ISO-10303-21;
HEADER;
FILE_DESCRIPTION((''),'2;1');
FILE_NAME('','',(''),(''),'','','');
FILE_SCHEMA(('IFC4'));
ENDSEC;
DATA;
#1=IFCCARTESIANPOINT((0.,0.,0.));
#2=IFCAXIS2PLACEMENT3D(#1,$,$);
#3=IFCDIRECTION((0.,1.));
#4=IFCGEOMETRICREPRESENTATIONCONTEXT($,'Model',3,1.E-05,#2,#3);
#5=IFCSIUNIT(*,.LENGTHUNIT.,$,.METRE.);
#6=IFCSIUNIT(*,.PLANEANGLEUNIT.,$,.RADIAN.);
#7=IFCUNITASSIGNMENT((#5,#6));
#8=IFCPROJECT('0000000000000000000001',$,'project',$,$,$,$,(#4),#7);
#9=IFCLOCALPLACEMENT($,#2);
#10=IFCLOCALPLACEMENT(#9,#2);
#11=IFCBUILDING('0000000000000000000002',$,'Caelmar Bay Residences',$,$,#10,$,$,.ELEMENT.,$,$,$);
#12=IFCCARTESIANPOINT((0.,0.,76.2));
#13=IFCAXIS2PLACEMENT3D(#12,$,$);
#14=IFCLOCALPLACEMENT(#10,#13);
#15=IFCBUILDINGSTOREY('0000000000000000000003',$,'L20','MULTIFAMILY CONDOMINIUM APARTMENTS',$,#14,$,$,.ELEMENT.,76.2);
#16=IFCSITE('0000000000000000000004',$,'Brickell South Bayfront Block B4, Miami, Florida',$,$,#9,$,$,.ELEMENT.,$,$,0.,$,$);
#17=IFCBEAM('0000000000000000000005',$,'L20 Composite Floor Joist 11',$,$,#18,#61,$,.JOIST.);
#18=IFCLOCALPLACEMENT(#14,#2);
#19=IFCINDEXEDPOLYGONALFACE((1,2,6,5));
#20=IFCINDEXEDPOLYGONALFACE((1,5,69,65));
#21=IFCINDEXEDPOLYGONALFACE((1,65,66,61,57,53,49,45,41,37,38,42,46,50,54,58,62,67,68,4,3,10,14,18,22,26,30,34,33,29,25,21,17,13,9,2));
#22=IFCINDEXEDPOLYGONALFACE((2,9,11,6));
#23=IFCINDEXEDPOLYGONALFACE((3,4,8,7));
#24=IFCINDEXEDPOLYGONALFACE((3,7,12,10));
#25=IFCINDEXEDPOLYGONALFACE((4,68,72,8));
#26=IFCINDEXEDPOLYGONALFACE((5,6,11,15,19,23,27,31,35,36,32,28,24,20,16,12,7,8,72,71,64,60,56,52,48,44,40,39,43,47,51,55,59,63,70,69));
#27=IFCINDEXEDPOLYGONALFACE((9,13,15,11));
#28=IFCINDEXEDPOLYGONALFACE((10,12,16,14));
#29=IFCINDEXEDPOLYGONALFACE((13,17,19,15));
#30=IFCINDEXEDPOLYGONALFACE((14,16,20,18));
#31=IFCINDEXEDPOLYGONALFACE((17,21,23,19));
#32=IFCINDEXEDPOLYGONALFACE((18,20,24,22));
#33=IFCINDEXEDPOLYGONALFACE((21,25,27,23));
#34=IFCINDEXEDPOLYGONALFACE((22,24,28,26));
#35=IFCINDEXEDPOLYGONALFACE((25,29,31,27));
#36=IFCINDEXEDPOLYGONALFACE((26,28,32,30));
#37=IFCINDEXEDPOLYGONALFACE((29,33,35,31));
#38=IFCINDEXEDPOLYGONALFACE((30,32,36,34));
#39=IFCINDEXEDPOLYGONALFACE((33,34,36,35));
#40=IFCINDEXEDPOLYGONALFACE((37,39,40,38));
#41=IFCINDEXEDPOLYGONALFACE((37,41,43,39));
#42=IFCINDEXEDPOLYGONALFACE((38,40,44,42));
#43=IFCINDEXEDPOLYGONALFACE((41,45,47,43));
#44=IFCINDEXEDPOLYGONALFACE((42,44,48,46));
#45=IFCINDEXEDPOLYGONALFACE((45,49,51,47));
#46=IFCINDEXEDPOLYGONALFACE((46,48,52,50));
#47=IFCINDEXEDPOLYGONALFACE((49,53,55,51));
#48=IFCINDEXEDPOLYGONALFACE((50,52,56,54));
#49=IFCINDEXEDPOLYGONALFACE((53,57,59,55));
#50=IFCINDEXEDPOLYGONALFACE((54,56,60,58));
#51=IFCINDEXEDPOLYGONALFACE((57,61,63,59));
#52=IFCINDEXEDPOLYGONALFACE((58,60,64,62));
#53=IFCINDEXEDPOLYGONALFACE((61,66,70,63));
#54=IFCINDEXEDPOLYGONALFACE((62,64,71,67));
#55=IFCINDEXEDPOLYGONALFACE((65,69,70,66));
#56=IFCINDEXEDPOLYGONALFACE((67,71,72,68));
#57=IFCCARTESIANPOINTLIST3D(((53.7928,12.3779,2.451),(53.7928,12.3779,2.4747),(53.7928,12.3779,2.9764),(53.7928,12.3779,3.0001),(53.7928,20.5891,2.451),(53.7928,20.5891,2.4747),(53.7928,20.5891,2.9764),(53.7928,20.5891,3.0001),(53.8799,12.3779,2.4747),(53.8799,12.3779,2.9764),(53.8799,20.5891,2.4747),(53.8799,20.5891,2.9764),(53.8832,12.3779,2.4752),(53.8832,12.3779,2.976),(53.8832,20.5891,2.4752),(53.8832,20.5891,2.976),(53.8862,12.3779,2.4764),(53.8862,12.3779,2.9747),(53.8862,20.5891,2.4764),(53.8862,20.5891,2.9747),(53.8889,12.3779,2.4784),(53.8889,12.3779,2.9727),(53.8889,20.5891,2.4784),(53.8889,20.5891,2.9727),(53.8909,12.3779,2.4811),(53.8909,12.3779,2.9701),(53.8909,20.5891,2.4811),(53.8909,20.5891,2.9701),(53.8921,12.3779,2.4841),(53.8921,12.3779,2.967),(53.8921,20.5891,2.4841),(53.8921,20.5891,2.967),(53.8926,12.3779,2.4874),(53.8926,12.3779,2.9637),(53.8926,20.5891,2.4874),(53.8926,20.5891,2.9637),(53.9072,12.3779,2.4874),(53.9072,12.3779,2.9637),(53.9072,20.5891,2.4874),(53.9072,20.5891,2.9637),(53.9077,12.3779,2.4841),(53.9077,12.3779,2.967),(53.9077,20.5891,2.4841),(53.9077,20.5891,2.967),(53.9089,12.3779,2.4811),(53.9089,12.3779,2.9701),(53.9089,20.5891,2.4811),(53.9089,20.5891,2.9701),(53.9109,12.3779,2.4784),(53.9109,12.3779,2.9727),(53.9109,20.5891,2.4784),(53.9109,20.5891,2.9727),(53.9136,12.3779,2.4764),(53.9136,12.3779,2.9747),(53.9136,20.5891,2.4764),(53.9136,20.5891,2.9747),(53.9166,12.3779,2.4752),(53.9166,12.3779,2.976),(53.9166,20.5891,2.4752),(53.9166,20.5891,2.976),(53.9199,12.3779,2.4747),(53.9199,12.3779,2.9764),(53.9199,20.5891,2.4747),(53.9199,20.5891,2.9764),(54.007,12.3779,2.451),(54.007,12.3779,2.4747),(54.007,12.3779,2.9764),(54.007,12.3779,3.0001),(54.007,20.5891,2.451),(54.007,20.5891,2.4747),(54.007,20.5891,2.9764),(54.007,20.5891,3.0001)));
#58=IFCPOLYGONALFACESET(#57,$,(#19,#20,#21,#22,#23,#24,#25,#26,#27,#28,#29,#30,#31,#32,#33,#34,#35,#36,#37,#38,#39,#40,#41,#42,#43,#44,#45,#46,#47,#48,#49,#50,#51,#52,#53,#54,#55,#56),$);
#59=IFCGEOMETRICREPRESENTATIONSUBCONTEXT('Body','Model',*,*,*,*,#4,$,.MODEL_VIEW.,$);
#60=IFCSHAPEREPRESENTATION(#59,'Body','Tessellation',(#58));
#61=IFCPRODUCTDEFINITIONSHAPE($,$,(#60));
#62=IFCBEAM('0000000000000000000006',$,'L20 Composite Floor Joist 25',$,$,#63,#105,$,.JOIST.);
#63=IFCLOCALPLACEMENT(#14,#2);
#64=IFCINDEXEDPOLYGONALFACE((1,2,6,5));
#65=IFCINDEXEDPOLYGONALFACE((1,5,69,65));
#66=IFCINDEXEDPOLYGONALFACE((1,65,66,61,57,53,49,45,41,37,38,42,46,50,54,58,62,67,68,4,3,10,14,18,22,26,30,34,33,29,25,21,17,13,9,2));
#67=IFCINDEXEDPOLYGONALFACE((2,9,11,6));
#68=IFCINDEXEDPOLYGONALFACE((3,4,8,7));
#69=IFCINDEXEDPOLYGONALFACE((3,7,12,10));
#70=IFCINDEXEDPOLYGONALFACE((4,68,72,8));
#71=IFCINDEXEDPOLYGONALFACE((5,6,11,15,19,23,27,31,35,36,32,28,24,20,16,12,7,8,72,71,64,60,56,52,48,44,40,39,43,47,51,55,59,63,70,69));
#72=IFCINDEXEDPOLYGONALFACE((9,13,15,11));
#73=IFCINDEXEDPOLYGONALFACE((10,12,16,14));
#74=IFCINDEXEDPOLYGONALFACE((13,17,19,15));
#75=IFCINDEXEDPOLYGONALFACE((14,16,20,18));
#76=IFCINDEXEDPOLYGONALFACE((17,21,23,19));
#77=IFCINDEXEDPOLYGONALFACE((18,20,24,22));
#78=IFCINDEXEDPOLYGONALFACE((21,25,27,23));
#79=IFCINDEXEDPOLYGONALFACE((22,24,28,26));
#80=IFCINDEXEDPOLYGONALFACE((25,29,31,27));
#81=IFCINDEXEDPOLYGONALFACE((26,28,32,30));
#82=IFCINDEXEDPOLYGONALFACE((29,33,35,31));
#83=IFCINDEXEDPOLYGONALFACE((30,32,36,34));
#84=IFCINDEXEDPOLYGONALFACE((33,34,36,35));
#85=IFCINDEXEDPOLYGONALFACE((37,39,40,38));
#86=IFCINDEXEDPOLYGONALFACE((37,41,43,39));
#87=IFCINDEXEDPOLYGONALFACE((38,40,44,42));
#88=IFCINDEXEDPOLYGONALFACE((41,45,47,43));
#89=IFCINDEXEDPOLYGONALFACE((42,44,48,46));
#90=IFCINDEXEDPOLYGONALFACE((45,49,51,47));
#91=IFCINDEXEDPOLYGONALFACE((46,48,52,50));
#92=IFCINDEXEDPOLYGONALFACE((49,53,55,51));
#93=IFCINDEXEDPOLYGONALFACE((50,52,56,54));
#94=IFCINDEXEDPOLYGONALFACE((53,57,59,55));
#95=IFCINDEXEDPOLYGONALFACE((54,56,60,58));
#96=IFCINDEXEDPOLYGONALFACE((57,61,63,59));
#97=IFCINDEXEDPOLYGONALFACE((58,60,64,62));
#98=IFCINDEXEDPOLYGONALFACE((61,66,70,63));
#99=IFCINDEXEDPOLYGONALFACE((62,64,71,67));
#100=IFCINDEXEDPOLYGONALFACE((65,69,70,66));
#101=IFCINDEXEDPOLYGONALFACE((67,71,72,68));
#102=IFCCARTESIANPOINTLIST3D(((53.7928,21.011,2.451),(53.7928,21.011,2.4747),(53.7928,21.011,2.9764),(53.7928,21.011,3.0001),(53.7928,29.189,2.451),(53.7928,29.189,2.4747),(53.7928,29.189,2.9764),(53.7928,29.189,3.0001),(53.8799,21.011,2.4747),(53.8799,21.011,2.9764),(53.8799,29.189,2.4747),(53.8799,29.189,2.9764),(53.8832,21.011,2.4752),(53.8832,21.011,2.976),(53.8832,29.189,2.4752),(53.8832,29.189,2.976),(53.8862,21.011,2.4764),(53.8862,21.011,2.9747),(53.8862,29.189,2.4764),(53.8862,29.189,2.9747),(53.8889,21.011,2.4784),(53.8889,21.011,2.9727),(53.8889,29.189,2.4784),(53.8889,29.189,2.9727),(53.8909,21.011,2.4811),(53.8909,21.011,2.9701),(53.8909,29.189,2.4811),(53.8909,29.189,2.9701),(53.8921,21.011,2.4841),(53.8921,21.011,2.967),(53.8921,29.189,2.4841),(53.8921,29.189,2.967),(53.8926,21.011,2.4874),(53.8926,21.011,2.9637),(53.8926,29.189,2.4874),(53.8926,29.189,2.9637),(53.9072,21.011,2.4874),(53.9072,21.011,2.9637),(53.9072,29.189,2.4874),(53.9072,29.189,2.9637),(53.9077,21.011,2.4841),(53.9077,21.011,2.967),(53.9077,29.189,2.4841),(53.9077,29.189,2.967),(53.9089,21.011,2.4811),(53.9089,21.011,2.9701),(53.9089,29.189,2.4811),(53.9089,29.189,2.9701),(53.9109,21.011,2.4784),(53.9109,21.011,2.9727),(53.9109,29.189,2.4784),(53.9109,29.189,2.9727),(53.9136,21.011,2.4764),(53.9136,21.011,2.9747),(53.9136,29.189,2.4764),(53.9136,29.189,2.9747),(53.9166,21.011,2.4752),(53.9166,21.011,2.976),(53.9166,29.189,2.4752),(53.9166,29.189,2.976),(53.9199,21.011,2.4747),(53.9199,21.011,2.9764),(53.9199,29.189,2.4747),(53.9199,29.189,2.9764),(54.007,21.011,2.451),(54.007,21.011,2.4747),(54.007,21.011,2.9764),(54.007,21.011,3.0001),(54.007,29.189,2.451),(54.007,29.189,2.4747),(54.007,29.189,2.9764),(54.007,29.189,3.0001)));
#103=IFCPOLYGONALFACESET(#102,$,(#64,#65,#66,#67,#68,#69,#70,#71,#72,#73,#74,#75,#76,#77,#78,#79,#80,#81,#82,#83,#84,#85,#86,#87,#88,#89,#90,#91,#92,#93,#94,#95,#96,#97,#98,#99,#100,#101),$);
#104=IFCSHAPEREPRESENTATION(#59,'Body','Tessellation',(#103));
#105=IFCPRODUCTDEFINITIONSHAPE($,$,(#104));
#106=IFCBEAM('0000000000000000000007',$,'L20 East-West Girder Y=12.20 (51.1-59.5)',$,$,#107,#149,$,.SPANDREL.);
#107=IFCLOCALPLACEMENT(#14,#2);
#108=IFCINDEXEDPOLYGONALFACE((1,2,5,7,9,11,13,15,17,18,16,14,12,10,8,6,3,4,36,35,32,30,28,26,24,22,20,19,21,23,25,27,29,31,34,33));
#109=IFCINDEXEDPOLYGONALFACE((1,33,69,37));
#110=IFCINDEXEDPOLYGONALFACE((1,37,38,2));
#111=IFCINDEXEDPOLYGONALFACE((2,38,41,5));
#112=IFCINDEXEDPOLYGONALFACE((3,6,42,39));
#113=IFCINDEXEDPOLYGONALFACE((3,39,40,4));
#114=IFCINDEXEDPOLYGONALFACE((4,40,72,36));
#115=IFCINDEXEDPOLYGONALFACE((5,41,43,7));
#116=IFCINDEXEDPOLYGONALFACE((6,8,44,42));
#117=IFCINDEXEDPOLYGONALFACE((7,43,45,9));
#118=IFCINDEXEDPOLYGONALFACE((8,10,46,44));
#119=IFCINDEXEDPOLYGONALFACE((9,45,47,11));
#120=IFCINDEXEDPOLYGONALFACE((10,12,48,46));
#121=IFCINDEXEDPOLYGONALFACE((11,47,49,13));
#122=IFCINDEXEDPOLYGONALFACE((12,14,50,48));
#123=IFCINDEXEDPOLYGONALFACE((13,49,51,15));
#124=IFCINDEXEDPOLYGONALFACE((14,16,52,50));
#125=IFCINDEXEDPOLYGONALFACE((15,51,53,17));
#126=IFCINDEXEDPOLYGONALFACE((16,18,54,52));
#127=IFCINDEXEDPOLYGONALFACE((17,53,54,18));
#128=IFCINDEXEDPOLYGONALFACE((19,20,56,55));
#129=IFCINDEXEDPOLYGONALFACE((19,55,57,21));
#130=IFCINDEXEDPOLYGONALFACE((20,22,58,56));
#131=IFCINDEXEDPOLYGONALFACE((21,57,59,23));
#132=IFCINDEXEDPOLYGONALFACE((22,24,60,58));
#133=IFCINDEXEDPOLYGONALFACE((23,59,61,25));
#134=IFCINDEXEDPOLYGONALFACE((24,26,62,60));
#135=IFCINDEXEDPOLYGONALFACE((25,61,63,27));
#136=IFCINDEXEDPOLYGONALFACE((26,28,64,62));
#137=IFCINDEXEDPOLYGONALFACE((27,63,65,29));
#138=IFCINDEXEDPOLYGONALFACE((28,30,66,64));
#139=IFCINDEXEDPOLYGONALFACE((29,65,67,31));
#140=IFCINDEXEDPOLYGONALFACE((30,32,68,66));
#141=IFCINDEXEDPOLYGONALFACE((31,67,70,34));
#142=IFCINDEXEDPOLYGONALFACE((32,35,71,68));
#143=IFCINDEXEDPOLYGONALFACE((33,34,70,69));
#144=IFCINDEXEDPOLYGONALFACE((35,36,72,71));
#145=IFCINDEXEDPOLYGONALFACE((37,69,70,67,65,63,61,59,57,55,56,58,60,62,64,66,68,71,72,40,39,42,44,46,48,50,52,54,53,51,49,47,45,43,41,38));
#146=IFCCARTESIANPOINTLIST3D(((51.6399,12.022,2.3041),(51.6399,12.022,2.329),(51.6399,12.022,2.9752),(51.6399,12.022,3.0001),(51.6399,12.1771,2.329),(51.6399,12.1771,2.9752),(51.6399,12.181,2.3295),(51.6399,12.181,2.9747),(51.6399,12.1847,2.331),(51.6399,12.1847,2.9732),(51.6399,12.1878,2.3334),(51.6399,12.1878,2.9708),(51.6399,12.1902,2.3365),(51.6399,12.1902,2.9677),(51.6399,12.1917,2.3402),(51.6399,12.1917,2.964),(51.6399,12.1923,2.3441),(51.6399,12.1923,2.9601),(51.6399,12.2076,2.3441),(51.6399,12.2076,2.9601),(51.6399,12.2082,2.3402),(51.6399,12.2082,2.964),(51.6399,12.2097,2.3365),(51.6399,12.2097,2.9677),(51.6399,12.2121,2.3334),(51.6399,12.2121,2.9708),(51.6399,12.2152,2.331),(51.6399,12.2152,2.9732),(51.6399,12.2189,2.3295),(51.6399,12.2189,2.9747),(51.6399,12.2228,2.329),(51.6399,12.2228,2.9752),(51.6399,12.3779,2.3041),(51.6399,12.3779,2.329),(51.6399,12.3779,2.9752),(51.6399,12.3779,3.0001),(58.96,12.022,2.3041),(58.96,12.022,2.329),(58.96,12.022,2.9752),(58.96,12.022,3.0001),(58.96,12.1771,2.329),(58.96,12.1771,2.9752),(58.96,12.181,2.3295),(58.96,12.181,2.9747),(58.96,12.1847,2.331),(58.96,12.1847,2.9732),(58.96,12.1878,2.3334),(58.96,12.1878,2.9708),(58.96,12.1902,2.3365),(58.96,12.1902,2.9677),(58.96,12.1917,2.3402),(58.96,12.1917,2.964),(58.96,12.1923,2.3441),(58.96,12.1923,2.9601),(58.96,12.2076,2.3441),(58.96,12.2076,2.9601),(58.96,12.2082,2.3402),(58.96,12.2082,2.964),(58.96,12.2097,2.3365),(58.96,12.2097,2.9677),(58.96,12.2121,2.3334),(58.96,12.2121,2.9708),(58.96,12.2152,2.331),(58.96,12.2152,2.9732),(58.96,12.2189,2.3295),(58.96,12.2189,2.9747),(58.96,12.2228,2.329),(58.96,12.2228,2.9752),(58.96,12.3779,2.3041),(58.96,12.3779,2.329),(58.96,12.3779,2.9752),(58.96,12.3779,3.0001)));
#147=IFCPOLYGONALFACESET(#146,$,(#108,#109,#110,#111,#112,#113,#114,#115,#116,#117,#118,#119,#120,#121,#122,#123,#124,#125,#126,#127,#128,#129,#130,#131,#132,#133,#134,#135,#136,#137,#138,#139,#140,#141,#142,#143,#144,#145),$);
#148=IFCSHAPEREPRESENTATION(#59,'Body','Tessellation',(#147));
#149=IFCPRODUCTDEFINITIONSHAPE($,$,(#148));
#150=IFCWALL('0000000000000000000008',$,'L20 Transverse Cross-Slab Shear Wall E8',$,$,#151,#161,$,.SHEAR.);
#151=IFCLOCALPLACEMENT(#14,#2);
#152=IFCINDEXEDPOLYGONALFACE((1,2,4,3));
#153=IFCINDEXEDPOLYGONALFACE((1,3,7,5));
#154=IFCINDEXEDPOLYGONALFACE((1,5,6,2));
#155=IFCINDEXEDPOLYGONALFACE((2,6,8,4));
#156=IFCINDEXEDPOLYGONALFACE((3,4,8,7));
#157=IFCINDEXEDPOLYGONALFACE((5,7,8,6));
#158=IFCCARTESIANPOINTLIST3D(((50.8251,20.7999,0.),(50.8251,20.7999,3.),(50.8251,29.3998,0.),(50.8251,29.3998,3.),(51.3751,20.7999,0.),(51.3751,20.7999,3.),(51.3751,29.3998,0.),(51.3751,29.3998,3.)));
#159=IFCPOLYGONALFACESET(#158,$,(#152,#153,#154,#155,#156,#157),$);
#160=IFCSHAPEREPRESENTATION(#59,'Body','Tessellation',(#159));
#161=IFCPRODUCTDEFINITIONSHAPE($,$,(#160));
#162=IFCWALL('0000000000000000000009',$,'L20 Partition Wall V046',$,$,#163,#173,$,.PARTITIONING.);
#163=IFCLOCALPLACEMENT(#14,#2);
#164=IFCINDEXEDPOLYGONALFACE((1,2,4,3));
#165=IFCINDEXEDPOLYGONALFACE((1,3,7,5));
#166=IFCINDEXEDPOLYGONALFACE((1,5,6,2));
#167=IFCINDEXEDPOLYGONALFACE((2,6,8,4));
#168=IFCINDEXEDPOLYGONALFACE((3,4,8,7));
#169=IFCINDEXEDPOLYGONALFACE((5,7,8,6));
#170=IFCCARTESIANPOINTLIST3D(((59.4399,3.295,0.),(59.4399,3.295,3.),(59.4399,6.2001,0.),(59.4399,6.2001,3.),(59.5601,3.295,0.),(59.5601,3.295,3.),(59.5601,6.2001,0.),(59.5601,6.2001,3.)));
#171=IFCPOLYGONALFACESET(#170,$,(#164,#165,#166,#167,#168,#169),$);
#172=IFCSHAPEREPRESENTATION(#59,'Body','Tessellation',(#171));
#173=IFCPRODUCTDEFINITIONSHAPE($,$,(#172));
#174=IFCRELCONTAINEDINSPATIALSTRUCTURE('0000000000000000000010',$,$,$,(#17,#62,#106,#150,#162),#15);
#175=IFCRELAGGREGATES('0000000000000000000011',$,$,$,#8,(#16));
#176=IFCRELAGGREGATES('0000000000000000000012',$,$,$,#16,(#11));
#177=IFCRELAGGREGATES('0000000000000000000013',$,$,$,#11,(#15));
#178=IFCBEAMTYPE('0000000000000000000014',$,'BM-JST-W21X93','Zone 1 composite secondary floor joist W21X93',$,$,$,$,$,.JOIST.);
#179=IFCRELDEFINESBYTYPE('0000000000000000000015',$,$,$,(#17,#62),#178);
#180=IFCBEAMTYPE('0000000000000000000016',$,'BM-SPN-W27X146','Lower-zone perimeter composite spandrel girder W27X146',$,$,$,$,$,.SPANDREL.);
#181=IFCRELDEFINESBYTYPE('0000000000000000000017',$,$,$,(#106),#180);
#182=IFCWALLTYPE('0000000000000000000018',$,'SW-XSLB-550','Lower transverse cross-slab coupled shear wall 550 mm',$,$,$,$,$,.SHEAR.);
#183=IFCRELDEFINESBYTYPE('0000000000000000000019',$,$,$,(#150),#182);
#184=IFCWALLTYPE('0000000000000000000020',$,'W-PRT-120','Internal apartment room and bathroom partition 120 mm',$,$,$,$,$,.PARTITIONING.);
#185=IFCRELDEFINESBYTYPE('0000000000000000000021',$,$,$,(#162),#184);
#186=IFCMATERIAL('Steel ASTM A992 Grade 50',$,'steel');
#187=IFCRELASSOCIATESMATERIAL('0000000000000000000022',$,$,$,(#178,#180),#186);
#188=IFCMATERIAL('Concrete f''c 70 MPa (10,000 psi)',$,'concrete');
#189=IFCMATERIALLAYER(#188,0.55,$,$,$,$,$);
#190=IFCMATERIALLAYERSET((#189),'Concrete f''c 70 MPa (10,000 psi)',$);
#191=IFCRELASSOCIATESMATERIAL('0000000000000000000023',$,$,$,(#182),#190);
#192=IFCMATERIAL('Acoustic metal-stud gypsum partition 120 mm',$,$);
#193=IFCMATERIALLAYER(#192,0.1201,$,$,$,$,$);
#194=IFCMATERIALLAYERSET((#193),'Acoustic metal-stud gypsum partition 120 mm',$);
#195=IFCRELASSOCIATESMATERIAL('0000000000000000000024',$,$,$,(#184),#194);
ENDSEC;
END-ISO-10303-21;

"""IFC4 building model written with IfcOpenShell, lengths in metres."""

from ifc_helpers import new_model, si_unit, direction, frame, frame_2d, origin, origin_2d, place, context, subcontext, project, spatial, rectangle, i_section, extrude, material, layer, layer_set, material_profile, profile_set, type_object, element, save


model = new_model("IFC4")

# Units and contexts
model_context = context("Model", 3, precision=1e-05, world=origin(), true_north=direction((0.0, 1.0)))
body_context = subcontext(model_context, "Body", "Model", "MODEL_VIEW")
ifc_project = project(units=[si_unit("LENGTHUNIT", "METRE"), si_unit("PLANEANGLEUNIT", "RADIAN")], contexts=[model_context])

# Site, building, storey
site_placement = place(None, origin())
site = spatial("IfcSite", under=ifc_project, at=site_placement, Name="Brickell South Bayfront Block B4, Miami, Florida", CompositionType="ELEMENT", RefElevation=0.0)
building_placement = place(site_placement, origin())
building = spatial("IfcBuilding", under=site, at=building_placement, Name="Caelmar Bay Residences", CompositionType="ELEMENT")
storey_placement = place(building_placement, frame((0.0, 0.0, 76.2)))
storey = spatial("IfcBuildingStorey", under=building, at=storey_placement, Name="L20", Description="MULTIFAMILY CONDOMINIUM APARTMENTS", CompositionType="ELEMENT", Elevation=76.2)

# Shared definitions
ifc_material_1 = material(Name="Concrete f'c 70 MPa (10,000 psi)", Category="concrete")

# Beams
ifc_material_2 = material(Name="Steel ASTM A992 Grade 50", Category="steel")
ifc_material_profile_1 = material_profile(ifc_material_2, i_section(OverallWidth=0.2141, OverallDepth=0.5491, WebThickness=0.0146, FlangeThickness=0.0237, FilletRadius=0.0127, at=origin_2d()), Name="W21X93")
ifc_profile_set_1 = profile_set([ifc_material_profile_1], Name="Steel ASTM A992 Grade 50")
beam_type_1 = type_object("IfcBeamType", Name="BM-JST-W21X93", Description="Zone 1 composite secondary floor joist W21X93", PredefinedType="JOIST", material=ifc_profile_set_1)
beam_1_placement = place(storey_placement, frame((53.8999, 12.3779, 2.7256), z_axis=(0.0, 1.0, 0.0), x_axis=(-1.0, 0.0, 0.0)))
element("IfcBeam", 1, at=beam_1_placement, inside=storey, type_object=beam_type_1, Name="L20 Composite Floor Joist 11", PredefinedType="JOIST", context=body_context, shape_type="SweptSolid", body=[
    extrude(i_section(OverallWidth=0.2141, OverallDepth=0.5491, WebThickness=0.0146, FlangeThickness=0.0237, FilletRadius=0.0127, at=origin_2d()), origin(), (0.0, 0.0, 1.0), 8.2112),
])
beam_2_placement = place(storey_placement, frame((53.8999, 21.011, 2.7256), z_axis=(0.0, 1.0, 0.0), x_axis=(-1.0, 0.0, 0.0)))
element("IfcBeam", 2, at=beam_2_placement, inside=storey, type_object=beam_type_1, Name="L20 Composite Floor Joist 25", PredefinedType="JOIST", context=body_context, shape_type="SweptSolid", body=[
    extrude(i_section(OverallWidth=0.2141, OverallDepth=0.5491, WebThickness=0.0146, FlangeThickness=0.0237, FilletRadius=0.0127, at=origin_2d()), origin(), (0.0, 0.0, 1.0), 8.178),
])
ifc_material_profile_2 = material_profile(ifc_material_2, i_section(OverallWidth=0.356, OverallDepth=0.696, WebThickness=0.0154, FlangeThickness=0.0249, FilletRadius=0.0151, at=origin_2d()), Name="W27X146")
ifc_profile_set_2 = profile_set([ifc_material_profile_2], Name="Steel ASTM A992 Grade 50")
beam_type_2 = type_object("IfcBeamType", Name="BM-SPN-W27X146", Description="Lower-zone perimeter composite spandrel girder W27X146", PredefinedType="SPANDREL", material=ifc_profile_set_2)
beam_3_placement = place(storey_placement, frame((51.6399, 12.2, 2.6521), z_axis=(1.0, 0.0, 0.0), x_axis=(0.0, 1.0, 0.0)))
element("IfcBeam", 3, at=beam_3_placement, inside=storey, type_object=beam_type_2, Name="L20 East-West Girder Y=12.20 (51.1-59.5)", PredefinedType="SPANDREL", context=body_context, shape_type="SweptSolid", body=[
    extrude(i_section(OverallWidth=0.356, OverallDepth=0.696, WebThickness=0.0154, FlangeThickness=0.0249, FilletRadius=0.0151, at=origin_2d()), origin(), (0.0, 0.0, 1.0), 7.3201),
])

# Walls
ifc_layer_1 = layer(ifc_material_1, 0.55)
ifc_layer_set_1 = layer_set([ifc_layer_1], Name="Concrete f'c 70 MPa (10,000 psi)")
wall_type_1 = type_object("IfcWallType", Name="SW-XSLB-550", Description="Lower transverse cross-slab coupled shear wall 550 mm", PredefinedType="SHEAR", material=ifc_layer_set_1)
wall_1_placement = place(storey_placement, frame((51.1001, 20.8, 0.0), z_axis=(0.0, 0.0, 1.0), x_axis=(0.0, 1.0, 0.0)))
element("IfcWall", 4, at=wall_1_placement, inside=storey, type_object=wall_type_1, Name="L20 Transverse Cross-Slab Shear Wall E8", PredefinedType="SHEAR", context=body_context, shape_type="SweptSolid", body=[
    extrude(rectangle(XDim=8.5999, YDim=0.55, at=frame_2d((4.2998, 0.0))), origin(), (0.0, 0.0, 1.0), 3.0),
])
ifc_material_3 = material(Name="Acoustic metal-stud gypsum partition 120 mm")
ifc_layer_2 = layer(ifc_material_3, 0.1201)
ifc_layer_set_2 = layer_set([ifc_layer_2], Name="Acoustic metal-stud gypsum partition 120 mm")
wall_type_2 = type_object("IfcWallType", Name="W-PRT-120", Description="Internal apartment room and bathroom partition 120 mm", PredefinedType="PARTITIONING", material=ifc_layer_set_2)
wall_2_placement = place(storey_placement, frame((59.5, 3.2949, 0.0), z_axis=(0.0, 0.0, 1.0), x_axis=(0.0, 1.0, 0.0)))
element("IfcWall", 5, at=wall_2_placement, inside=storey, type_object=wall_type_2, Name="L20 Partition Wall V046", PredefinedType="PARTITIONING", context=body_context, shape_type="SweptSolid", body=[
    extrude(rectangle(XDim=2.905, YDim=0.1201, at=frame_2d((1.4526, 0.0))), origin(), (0.0, 0.0, 1.0), 3.0),
])

save(model, "model.ifc")
